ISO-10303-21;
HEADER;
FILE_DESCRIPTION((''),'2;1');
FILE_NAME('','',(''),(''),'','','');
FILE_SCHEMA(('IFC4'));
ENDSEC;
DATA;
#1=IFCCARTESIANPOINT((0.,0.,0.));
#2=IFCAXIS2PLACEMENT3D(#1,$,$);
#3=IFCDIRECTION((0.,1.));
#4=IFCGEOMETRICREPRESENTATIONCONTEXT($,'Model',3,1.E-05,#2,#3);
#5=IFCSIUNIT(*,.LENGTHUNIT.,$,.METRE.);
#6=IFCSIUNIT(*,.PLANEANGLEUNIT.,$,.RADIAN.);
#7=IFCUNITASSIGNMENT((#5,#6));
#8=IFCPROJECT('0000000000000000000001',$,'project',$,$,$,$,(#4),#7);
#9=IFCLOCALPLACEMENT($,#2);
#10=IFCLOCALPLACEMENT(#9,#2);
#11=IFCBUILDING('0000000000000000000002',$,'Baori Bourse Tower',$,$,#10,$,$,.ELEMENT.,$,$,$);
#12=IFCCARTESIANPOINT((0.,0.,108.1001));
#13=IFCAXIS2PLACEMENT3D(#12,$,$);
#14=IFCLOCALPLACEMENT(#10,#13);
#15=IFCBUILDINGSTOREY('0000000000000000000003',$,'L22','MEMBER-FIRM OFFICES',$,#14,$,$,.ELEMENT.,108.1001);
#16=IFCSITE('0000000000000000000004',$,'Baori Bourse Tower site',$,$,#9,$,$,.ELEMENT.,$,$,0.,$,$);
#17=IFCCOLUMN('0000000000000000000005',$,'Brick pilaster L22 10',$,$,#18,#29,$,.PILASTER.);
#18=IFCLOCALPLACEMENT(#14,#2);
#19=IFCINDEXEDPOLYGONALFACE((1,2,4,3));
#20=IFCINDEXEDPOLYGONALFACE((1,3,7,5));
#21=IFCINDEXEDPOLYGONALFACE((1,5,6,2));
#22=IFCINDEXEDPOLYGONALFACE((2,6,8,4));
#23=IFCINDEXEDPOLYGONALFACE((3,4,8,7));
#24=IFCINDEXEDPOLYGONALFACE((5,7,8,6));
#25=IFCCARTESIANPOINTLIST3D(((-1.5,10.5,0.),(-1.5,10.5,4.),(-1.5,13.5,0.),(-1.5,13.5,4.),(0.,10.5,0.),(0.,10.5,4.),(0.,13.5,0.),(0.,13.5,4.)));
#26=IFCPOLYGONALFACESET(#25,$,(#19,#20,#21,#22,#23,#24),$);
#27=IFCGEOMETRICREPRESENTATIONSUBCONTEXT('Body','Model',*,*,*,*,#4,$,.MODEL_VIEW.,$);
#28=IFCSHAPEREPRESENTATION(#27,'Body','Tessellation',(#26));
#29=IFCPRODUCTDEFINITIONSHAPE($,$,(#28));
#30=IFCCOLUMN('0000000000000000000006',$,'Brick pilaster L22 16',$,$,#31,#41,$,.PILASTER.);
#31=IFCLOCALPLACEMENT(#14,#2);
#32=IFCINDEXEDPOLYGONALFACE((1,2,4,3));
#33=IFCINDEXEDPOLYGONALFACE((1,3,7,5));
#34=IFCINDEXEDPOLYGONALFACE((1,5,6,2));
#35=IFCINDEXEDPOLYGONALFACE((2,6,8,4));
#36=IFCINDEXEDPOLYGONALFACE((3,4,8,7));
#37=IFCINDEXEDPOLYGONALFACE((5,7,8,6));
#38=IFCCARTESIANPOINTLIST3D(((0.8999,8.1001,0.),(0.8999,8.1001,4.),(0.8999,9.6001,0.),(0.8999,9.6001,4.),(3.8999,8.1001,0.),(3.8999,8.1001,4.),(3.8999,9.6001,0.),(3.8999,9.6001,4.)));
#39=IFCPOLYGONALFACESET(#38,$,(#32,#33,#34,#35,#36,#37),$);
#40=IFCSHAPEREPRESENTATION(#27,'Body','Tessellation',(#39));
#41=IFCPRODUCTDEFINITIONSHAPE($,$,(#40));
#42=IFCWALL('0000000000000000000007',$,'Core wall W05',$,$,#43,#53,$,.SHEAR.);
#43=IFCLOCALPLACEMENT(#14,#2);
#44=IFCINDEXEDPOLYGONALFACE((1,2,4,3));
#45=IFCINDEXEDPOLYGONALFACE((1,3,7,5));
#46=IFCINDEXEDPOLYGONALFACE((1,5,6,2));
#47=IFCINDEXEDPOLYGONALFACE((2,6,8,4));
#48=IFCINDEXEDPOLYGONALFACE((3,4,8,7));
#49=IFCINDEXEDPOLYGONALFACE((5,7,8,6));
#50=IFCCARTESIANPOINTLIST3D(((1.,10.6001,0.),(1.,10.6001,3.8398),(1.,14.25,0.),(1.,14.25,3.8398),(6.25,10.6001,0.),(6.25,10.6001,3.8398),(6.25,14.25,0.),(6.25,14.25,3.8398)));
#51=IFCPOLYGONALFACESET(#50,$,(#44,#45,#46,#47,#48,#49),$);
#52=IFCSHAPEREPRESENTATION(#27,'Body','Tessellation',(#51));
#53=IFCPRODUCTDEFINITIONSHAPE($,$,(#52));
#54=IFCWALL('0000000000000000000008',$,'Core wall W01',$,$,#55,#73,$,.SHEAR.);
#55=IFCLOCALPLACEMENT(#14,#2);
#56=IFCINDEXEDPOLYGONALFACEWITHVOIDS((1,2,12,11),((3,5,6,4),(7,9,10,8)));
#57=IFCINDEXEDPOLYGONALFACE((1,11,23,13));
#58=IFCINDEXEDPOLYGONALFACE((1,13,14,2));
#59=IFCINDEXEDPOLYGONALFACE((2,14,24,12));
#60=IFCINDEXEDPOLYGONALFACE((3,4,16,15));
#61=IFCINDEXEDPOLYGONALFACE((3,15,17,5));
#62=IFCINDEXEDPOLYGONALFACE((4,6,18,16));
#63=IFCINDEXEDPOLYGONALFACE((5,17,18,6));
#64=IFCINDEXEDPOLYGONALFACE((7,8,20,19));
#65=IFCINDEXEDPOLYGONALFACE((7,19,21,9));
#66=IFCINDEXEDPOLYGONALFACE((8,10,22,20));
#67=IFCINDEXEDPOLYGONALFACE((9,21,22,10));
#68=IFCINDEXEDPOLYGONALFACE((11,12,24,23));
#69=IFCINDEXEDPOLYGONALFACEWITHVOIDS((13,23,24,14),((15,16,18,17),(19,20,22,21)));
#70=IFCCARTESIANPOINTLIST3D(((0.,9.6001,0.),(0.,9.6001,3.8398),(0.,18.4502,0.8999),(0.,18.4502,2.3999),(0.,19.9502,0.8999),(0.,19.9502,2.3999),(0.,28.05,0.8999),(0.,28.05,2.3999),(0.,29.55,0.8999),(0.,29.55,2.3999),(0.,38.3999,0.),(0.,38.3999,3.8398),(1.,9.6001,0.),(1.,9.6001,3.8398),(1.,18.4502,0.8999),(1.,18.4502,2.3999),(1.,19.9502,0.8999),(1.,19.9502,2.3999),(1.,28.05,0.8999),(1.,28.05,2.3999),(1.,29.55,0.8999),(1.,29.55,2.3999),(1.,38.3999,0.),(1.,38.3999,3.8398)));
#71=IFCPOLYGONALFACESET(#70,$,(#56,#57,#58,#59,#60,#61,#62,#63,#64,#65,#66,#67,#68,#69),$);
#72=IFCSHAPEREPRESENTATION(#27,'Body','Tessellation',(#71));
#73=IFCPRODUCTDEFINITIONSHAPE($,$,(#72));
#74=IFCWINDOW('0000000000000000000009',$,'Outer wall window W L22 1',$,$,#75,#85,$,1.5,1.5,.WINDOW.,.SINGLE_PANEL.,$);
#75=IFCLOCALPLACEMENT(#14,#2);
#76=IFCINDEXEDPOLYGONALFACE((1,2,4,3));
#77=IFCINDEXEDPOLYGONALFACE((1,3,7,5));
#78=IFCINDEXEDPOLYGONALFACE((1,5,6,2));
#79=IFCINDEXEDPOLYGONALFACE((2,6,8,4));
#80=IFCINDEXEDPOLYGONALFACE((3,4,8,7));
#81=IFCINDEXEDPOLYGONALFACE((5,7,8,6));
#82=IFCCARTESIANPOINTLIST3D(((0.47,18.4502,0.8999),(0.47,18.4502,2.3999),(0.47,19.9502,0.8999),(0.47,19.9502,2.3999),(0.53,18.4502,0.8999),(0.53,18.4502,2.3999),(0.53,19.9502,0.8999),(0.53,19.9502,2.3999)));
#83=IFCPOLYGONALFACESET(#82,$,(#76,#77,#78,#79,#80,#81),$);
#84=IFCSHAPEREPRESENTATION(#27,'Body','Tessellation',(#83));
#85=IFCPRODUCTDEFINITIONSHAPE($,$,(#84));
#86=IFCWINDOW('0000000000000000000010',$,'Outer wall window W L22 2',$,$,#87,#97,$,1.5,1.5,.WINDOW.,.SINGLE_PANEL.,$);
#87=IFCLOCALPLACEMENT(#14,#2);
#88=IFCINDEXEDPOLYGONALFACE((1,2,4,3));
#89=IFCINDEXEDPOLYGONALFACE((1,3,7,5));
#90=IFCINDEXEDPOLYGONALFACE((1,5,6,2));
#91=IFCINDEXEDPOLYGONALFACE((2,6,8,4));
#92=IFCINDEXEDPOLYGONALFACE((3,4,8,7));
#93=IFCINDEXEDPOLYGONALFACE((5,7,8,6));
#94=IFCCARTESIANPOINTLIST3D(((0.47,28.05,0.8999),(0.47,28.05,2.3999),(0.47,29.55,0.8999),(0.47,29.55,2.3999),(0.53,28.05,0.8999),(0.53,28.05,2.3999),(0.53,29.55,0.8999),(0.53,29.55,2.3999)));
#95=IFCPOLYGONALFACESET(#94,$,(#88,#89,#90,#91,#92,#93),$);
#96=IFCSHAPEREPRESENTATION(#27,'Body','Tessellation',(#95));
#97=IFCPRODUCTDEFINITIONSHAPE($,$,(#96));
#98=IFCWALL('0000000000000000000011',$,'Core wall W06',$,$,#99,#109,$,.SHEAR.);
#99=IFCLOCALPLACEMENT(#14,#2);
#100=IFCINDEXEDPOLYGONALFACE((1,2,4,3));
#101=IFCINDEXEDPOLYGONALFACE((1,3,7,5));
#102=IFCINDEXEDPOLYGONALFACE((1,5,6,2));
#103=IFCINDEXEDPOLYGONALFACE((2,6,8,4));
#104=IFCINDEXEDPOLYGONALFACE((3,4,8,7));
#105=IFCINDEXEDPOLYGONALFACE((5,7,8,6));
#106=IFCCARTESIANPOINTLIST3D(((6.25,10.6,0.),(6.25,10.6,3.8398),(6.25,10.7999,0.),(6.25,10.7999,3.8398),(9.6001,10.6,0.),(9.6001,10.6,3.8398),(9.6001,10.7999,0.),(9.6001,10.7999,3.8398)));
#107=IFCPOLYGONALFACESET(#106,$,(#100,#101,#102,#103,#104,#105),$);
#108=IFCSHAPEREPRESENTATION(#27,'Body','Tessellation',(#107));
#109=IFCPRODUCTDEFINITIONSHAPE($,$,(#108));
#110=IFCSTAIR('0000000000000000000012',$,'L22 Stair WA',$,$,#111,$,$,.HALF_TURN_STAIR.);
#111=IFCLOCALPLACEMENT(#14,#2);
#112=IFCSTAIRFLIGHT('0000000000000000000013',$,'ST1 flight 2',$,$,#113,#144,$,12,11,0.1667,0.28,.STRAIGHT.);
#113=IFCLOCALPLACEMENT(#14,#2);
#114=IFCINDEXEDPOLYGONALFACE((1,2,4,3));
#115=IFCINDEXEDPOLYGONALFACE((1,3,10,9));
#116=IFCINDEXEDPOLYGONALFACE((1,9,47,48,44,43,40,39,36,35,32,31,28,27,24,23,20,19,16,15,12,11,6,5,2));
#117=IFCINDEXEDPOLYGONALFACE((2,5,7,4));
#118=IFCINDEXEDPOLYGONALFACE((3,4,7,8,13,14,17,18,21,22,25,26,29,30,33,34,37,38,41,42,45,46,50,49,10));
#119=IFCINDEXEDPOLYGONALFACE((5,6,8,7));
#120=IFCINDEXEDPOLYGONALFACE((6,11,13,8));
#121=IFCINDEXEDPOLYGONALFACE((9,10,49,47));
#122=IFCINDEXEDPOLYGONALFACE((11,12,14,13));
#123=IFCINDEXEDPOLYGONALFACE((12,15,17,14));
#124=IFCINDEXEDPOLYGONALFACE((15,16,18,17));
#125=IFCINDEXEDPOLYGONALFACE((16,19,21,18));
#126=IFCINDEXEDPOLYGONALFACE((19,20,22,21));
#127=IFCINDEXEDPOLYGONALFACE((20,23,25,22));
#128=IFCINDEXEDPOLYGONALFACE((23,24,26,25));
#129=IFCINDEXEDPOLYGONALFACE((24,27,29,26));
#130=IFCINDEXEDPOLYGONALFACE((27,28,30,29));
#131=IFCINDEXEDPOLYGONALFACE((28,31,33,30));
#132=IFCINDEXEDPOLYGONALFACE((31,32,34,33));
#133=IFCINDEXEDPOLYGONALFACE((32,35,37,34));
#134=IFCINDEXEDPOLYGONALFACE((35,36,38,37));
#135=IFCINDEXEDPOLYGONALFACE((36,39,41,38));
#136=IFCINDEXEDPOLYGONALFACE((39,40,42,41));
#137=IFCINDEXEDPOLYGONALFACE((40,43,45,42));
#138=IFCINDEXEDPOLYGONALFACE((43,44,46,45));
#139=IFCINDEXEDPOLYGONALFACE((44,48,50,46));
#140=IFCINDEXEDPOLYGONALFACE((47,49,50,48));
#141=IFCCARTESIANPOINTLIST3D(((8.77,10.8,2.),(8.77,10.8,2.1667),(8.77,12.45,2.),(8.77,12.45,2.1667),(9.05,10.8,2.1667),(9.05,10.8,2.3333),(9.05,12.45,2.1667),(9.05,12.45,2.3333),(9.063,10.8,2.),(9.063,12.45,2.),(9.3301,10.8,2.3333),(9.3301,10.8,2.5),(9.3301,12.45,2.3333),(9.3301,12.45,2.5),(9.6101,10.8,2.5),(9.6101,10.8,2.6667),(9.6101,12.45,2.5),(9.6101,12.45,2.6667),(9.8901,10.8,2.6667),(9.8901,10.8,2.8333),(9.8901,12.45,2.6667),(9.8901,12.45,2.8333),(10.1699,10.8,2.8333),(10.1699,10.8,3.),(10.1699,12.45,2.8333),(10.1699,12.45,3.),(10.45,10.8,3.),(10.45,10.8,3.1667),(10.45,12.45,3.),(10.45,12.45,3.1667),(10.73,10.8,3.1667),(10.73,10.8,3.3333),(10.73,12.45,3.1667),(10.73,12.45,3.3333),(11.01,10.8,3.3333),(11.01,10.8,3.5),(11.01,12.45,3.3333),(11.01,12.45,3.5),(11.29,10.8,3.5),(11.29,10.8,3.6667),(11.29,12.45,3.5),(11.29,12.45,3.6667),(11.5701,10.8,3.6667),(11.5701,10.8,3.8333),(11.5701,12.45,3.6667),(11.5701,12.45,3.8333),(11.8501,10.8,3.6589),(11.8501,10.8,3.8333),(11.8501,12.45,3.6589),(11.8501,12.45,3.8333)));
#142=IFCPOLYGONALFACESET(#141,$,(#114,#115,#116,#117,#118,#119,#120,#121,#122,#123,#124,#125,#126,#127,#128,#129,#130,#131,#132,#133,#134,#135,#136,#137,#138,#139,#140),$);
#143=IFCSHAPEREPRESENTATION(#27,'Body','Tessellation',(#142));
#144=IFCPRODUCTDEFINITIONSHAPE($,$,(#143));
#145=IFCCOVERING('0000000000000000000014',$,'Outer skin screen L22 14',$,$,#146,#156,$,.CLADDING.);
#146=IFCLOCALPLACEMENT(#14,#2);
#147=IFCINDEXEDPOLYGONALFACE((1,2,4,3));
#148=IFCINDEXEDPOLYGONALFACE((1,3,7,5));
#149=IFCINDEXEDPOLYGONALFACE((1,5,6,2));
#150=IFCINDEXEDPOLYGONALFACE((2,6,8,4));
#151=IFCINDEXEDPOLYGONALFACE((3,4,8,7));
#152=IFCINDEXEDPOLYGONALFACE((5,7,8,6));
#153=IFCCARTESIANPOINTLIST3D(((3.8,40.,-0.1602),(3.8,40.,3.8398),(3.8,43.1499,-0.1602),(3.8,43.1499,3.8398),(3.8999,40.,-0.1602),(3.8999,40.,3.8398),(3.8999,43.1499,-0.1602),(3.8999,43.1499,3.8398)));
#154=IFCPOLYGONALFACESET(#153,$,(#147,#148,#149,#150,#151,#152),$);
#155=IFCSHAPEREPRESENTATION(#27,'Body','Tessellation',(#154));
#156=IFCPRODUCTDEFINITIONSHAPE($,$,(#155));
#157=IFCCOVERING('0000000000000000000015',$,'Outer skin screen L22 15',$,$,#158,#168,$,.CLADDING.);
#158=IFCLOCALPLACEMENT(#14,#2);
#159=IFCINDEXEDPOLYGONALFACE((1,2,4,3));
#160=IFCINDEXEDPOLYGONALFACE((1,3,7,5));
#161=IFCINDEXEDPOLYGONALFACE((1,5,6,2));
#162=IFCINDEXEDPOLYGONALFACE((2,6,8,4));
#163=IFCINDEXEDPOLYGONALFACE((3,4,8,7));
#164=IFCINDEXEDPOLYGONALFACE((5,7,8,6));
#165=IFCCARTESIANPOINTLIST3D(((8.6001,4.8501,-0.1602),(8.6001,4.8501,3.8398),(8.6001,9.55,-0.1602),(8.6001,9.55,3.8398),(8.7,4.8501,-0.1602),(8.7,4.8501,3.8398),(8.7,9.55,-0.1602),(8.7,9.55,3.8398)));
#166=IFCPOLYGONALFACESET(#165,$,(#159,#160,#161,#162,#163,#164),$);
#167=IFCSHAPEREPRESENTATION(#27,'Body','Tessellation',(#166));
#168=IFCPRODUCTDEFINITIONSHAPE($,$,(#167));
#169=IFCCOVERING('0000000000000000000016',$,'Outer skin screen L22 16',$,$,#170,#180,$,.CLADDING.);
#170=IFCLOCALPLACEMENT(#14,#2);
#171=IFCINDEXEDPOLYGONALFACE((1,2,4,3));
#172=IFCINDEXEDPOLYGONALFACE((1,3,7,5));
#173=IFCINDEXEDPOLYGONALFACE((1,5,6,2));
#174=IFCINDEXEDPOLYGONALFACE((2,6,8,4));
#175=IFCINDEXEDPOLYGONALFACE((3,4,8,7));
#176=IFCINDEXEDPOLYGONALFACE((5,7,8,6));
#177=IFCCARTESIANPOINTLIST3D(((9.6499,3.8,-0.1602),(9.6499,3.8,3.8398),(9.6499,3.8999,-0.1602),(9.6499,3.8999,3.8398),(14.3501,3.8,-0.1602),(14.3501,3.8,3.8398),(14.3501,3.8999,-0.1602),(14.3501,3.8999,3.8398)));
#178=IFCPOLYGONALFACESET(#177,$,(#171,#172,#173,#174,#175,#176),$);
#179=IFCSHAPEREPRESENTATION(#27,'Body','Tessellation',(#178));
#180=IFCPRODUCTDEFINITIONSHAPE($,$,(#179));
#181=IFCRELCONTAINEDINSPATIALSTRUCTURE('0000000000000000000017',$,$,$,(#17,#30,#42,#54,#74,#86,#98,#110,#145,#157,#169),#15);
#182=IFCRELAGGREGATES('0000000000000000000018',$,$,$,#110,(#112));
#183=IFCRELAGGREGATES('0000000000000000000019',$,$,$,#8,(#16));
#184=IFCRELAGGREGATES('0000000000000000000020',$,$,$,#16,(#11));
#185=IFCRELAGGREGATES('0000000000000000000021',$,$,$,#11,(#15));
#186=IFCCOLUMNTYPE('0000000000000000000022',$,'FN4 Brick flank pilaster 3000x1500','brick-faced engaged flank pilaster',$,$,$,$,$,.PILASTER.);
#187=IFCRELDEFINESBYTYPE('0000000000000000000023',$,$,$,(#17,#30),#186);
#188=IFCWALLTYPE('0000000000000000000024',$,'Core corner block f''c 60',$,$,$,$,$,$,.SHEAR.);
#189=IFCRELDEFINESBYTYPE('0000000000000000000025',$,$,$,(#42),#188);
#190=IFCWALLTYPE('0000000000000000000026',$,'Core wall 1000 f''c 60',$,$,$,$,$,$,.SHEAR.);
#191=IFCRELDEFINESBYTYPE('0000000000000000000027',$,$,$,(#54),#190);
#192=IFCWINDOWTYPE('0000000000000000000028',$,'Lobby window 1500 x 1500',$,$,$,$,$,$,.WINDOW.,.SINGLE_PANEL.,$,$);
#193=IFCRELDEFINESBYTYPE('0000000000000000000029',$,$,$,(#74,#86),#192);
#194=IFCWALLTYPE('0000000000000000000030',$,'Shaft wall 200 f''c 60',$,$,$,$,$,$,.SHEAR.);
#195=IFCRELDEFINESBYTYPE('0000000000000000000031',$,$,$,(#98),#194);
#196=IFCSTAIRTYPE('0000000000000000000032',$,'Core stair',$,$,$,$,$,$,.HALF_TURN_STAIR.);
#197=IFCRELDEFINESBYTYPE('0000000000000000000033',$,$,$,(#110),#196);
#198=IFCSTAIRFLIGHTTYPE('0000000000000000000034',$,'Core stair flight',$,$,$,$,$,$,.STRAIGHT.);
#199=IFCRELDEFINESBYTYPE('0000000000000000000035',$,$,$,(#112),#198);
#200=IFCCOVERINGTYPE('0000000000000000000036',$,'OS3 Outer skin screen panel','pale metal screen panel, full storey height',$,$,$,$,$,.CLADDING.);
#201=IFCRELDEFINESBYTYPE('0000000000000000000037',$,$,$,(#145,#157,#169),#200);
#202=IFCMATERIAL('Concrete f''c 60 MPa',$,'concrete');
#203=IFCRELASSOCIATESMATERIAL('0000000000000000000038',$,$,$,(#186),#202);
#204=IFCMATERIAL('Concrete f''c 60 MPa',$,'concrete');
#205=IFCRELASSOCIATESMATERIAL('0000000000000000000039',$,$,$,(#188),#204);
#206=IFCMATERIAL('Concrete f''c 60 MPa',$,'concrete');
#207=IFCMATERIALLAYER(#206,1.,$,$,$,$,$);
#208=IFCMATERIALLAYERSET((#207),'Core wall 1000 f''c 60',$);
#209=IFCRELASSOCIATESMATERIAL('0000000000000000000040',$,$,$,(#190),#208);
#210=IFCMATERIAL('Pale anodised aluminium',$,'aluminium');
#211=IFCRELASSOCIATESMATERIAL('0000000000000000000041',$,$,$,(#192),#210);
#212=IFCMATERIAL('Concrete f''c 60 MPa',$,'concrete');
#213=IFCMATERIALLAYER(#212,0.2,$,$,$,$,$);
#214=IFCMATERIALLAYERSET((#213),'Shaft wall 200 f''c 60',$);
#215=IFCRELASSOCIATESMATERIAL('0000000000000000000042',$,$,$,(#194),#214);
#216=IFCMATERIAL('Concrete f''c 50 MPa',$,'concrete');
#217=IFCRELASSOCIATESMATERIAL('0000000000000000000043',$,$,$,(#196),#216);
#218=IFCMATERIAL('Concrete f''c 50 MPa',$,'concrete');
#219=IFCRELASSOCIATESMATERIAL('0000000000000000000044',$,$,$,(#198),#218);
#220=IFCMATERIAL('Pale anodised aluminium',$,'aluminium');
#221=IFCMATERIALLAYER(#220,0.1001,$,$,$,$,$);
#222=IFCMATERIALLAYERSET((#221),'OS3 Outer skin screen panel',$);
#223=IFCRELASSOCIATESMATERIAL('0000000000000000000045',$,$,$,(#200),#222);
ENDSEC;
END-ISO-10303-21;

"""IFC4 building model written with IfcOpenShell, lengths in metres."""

from ifc_helpers import new_model, si_unit, direction, frame, frame_2d, origin, origin_2d, place, context, subcontext, project, spatial, polyline, rectangle, outline, extrude, material, layer, layer_set, material_profile, profile_set, type_object, element, fill, aggregate, save


model = new_model("IFC4")

# Units and contexts
model_context = context("Model", 3, precision=1e-05, world=origin(), true_north=direction((0.0, 1.0)))
body_context = subcontext(model_context, "Body", "Model", "MODEL_VIEW")
ifc_project = project(units=[si_unit("LENGTHUNIT", "METRE"), si_unit("PLANEANGLEUNIT", "RADIAN")], contexts=[model_context])

# Site, building, storey
site_placement = place(None, origin())
site = spatial("IfcSite", under=ifc_project, at=site_placement, Name="Baori Bourse Tower site", CompositionType="ELEMENT", RefElevation=0.0)
building_placement = place(site_placement, origin())
building = spatial("IfcBuilding", under=site, at=building_placement, Name="Baori Bourse Tower", CompositionType="ELEMENT")
storey_placement = place(building_placement, frame((0.0, 0.0, 108.1001)))
storey = spatial("IfcBuildingStorey", under=building, at=storey_placement, Name="L22", Description="MEMBER-FIRM OFFICES", CompositionType="ELEMENT", Elevation=108.1001)

# Columns
ifc_material_1 = material(Name="Concrete f'c 60 MPa", Category="concrete")
ifc_material_profile = material_profile(ifc_material_1, rectangle(XDim=3.0, YDim=1.5, at=origin_2d()), Name="RC 3000x1500")
ifc_profile_set = profile_set([ifc_material_profile], Name="Concrete f'c 60 MPa")
column_type = type_object("IfcColumnType", Name="FN4 Brick flank pilaster 3000x1500", Description="brick-faced engaged flank pilaster", PredefinedType="PILASTER", material=ifc_profile_set)
for number, where, z_axis, x_axis, name in (
    (1, (-0.75, 12.0, 0.0), (0.0, 0.0, 1.0), (0.0, 1.0, 0.0), "Brick pilaster L22 10"),
    (2, (2.3999, 8.8501, 0.0), (0.0, 0.0, 1.0), (1.0, 0.0, 0.0), "Brick pilaster L22 16"),
):
    element("IfcColumn", number, at=place(storey_placement, frame(where, z_axis=z_axis, x_axis=x_axis)), inside=storey, type_object=column_type, Name=name, PredefinedType="PILASTER", context=body_context, shape_type="SweptSolid", body=[
        extrude(rectangle(XDim=3.0, YDim=1.5, at=origin_2d()), origin(), (0.0, 0.0, 1.0), 4.0),
    ])

# Wall
ifc_material_2 = material(Name="Concrete f'c 60 MPa", Category="concrete")
wall_type_1 = type_object("IfcWallType", Name="Core corner block f'c 60", PredefinedType="SHEAR", material=ifc_material_2)
wall_1_placement = place(storey_placement, frame((1.0, 12.425, 0.0), z_axis=(0.0, 0.0, 1.0), x_axis=(1.0, 0.0, 0.0)))
element("IfcWall", 3, at=wall_1_placement, inside=storey, type_object=wall_type_1, Name="Core wall W05", PredefinedType="SHEAR", context=body_context, shape_type="SweptSolid", body=[
    extrude(rectangle(XDim=5.25, YDim=3.6499, at=frame_2d((2.625, 0.0))), origin(), (0.0, 0.0, 1.0), 3.8398),
])

# Wall, openings, windows
ifc_material_3 = material(Name="Concrete f'c 60 MPa", Category="concrete")
ifc_layer_1 = layer(ifc_material_3, 1.0)
ifc_layer_set_1 = layer_set([ifc_layer_1], Name="Core wall 1000 f'c 60")
wall_type_2 = type_object("IfcWallType", Name="Core wall 1000 f'c 60", PredefinedType="SHEAR", material=ifc_layer_set_1)
wall_2_placement = place(storey_placement, frame((0.5, 9.6001, 0.0), z_axis=(0.0, 0.0, 1.0), x_axis=(0.0, 1.0, 0.0)))
wall_2 = element("IfcWall", 4, at=wall_2_placement, inside=storey, type_object=wall_type_2, Name="Core wall W01", PredefinedType="SHEAR", context=body_context, shape_type="SweptSolid", body=[
    extrude(rectangle(XDim=28.7998, YDim=1.0, at=frame_2d((14.3999, 0.0))), origin(), (0.0, 0.0, 1.0), 3.8398),
])
opening_1_placement = place(wall_2_placement, frame((8.8501, 0.0, 0.8999)))
opening_1 = element("IfcOpeningElement", 5, at=opening_1_placement, cuts=wall_2, PredefinedType="OPENING", context=body_context, shape_type="SweptSolid", body=[
    extrude(rectangle(XDim=1.5, YDim=1.5, at=frame_2d((0.75, 0.75))), frame((0.0, 0.51, 0.0), z_axis=(0.0, -1.0, 0.0), x_axis=(1.0, 0.0, 0.0)), (0.0, 0.0, 1.0), 1.02),
])
opening_2_placement = place(wall_2_placement, frame((18.45, 0.0, 0.8999)))
opening_2 = element("IfcOpeningElement", 6, at=opening_2_placement, cuts=wall_2, PredefinedType="OPENING", context=body_context, shape_type="SweptSolid", body=[
    extrude(rectangle(XDim=1.5, YDim=1.5, at=frame_2d((0.75, 0.75))), frame((0.0, 0.51, 0.0), z_axis=(0.0, -1.0, 0.0), x_axis=(1.0, 0.0, 0.0)), (0.0, 0.0, 1.0), 1.02),
])
ifc_material_4 = material(Name="Pale anodised aluminium", Category="aluminium")
window_type = type_object("IfcWindowType", Name="Lobby window 1500 x 1500", PartitioningType="SINGLE_PANEL", PredefinedType="WINDOW", material=ifc_material_4)
window_1_placement = place(opening_1_placement, origin())
window_1 = element("IfcWindow", 7, at=window_1_placement, inside=storey, type_object=window_type, Name="Outer wall window W L22 1", OverallHeight=1.5, OverallWidth=1.5, PartitioningType="SINGLE_PANEL", PredefinedType="WINDOW", context=body_context, shape_type="SweptSolid", body=[
    extrude(rectangle(XDim=1.5, YDim=1.5, at=frame_2d((0.75, 0.75))), frame((0.0, 0.03, 0.0), z_axis=(0.0, -1.0, 0.0), x_axis=(1.0, 0.0, 0.0)), (0.0, 0.0, 1.0), 0.0601),
])
fill(opening_1, window_1)
window_2_placement = place(opening_2_placement, origin())
window_2 = element("IfcWindow", 8, at=window_2_placement, inside=storey, type_object=window_type, Name="Outer wall window W L22 2", OverallHeight=1.5, OverallWidth=1.5, PartitioningType="SINGLE_PANEL", PredefinedType="WINDOW", context=body_context, shape_type="SweptSolid", body=[
    extrude(rectangle(XDim=1.5, YDim=1.5, at=frame_2d((0.75, 0.75))), frame((0.0, 0.03, 0.0), z_axis=(0.0, -1.0, 0.0), x_axis=(1.0, 0.0, 0.0)), (0.0, 0.0, 1.0), 0.0601),
])
fill(opening_2, window_2)

# Wall
ifc_material_5 = material(Name="Concrete f'c 60 MPa", Category="concrete")
ifc_layer_2 = layer(ifc_material_5, 0.2)
ifc_layer_set_2 = layer_set([ifc_layer_2], Name="Shaft wall 200 f'c 60")
wall_type_3 = type_object("IfcWallType", Name="Shaft wall 200 f'c 60", PredefinedType="SHEAR", material=ifc_layer_set_2)
wall_3_placement = place(storey_placement, frame((6.25, 10.7, 0.0), z_axis=(0.0, 0.0, 1.0), x_axis=(1.0, 0.0, 0.0)))
element("IfcWall", 9, at=wall_3_placement, inside=storey, type_object=wall_type_3, Name="Core wall W06", PredefinedType="SHEAR", context=body_context, shape_type="SweptSolid", body=[
    extrude(rectangle(XDim=3.3501, YDim=0.2, at=frame_2d((1.675, 0.0))), origin(), (0.0, 0.0, 1.0), 3.8398),
])

# Stair, stair flight
ifc_material_6 = material(Name="Concrete f'c 50 MPa", Category="concrete")
stair_type = type_object("IfcStairType", Name="Core stair", PredefinedType="HALF_TURN_STAIR", material=ifc_material_6)
stair_placement = place(storey_placement, origin())
stair = element("IfcStair", 10, at=stair_placement, inside=storey, type_object=stair_type, Name="L22 Stair WA", PredefinedType="HALF_TURN_STAIR")
ifc_material_7 = material(Name="Concrete f'c 50 MPa", Category="concrete")
stair_flight_type = type_object("IfcStairFlightType", Name="Core stair flight", PredefinedType="STRAIGHT", material=ifc_material_7)
stair_flight_placement = place(storey_placement, frame((8.77, 11.625, 2.0), z_axis=(0.0, 0.0, 1.0), x_axis=(1.0, 0.0, 0.0)))
stair_flight = element("IfcStairFlight", 11, at=stair_flight_placement, type_object=stair_flight_type, Name="ST1 flight 2", NumberOfRisers=12, NumberOfTreads=11, PredefinedType="STRAIGHT", RiserHeight=0.1667, TreadLength=0.28, context=body_context, shape_type="SweptSolid", body=[
    extrude(outline(polyline([(0.0, 0.0), (0.0, 0.1667), (0.28, 0.1667), (0.28, 0.3333), (0.5601, 0.3333), (0.5601, 0.5), (0.8401, 0.5), (0.8401, 0.6667), (1.1201, 0.6667), (1.1201, 0.8333), (1.3999, 0.8333), (1.3999, 1.0), (1.6799, 1.0), (1.6799, 1.1667), (1.96, 1.1667), (1.96, 1.3333), (2.24, 1.3333), (2.24, 1.5), (2.52, 1.5), (2.52, 1.6667), (2.8, 1.6667), (2.8, 1.8333), (3.0801, 1.8333), (3.0801, 2.0), (3.0801, 1.6589), (0.293, 0.0), (0.0, 0.0)])), frame((0.0, 0.825, 0.0), z_axis=(0.0, -1.0, 0.0), x_axis=(1.0, 0.0, 0.0)), (0.0, 0.0, 1.0), 1.6499),
])
aggregate(stair, [stair_flight])

# Coverings
ifc_material_8 = material(Name="Pale anodised aluminium", Category="aluminium")
ifc_layer_3 = layer(ifc_material_8, 0.1001)
ifc_layer_set_3 = layer_set([ifc_layer_3], Name="OS3 Outer skin screen panel")
covering_type = type_object("IfcCoveringType", Name="OS3 Outer skin screen panel", Description="pale metal screen panel, full storey height", PredefinedType="CLADDING", material=ifc_layer_set_3)
covering_1_placement = place(storey_placement, frame((0.0, 0.0, -0.1602)))
element("IfcCovering", 12, at=covering_1_placement, inside=storey, type_object=covering_type, Name="Outer skin screen L22 14", PredefinedType="CLADDING", context=body_context, shape_type="SweptSolid", body=[
    extrude(outline(polyline([(3.8999, 40.0), (3.8999, 43.1499), (3.8, 43.1499), (3.8, 40.0), (3.8999, 40.0), (3.8999, 40.0)])), origin(), (0.0, 0.0, 1.0), 4.0),
])
covering_2_placement = place(storey_placement, frame((0.0, 0.0, -0.1602)))
element("IfcCovering", 13, at=covering_2_placement, inside=storey, type_object=covering_type, Name="Outer skin screen L22 15", PredefinedType="CLADDING", context=body_context, shape_type="SweptSolid", body=[
    extrude(outline(polyline([(8.7, 4.8501), (8.7, 9.55), (8.6001, 9.55), (8.6001, 4.8501), (8.7, 4.8501)])), origin(), (0.0, 0.0, 1.0), 4.0),
])
covering_3_placement = place(storey_placement, frame((0.0, 0.0, -0.1602)))
element("IfcCovering", 14, at=covering_3_placement, inside=storey, type_object=covering_type, Name="Outer skin screen L22 16", PredefinedType="CLADDING", context=body_context, shape_type="SweptSolid", body=[
    extrude(outline(polyline([(14.3501, 3.8999), (9.6499, 3.8999), (9.6499, 3.8), (14.3501, 3.8), (14.3501, 3.8999)])), origin(), (0.0, 0.0, 1.0), 4.0),
])

save(model, "model.ifc")
